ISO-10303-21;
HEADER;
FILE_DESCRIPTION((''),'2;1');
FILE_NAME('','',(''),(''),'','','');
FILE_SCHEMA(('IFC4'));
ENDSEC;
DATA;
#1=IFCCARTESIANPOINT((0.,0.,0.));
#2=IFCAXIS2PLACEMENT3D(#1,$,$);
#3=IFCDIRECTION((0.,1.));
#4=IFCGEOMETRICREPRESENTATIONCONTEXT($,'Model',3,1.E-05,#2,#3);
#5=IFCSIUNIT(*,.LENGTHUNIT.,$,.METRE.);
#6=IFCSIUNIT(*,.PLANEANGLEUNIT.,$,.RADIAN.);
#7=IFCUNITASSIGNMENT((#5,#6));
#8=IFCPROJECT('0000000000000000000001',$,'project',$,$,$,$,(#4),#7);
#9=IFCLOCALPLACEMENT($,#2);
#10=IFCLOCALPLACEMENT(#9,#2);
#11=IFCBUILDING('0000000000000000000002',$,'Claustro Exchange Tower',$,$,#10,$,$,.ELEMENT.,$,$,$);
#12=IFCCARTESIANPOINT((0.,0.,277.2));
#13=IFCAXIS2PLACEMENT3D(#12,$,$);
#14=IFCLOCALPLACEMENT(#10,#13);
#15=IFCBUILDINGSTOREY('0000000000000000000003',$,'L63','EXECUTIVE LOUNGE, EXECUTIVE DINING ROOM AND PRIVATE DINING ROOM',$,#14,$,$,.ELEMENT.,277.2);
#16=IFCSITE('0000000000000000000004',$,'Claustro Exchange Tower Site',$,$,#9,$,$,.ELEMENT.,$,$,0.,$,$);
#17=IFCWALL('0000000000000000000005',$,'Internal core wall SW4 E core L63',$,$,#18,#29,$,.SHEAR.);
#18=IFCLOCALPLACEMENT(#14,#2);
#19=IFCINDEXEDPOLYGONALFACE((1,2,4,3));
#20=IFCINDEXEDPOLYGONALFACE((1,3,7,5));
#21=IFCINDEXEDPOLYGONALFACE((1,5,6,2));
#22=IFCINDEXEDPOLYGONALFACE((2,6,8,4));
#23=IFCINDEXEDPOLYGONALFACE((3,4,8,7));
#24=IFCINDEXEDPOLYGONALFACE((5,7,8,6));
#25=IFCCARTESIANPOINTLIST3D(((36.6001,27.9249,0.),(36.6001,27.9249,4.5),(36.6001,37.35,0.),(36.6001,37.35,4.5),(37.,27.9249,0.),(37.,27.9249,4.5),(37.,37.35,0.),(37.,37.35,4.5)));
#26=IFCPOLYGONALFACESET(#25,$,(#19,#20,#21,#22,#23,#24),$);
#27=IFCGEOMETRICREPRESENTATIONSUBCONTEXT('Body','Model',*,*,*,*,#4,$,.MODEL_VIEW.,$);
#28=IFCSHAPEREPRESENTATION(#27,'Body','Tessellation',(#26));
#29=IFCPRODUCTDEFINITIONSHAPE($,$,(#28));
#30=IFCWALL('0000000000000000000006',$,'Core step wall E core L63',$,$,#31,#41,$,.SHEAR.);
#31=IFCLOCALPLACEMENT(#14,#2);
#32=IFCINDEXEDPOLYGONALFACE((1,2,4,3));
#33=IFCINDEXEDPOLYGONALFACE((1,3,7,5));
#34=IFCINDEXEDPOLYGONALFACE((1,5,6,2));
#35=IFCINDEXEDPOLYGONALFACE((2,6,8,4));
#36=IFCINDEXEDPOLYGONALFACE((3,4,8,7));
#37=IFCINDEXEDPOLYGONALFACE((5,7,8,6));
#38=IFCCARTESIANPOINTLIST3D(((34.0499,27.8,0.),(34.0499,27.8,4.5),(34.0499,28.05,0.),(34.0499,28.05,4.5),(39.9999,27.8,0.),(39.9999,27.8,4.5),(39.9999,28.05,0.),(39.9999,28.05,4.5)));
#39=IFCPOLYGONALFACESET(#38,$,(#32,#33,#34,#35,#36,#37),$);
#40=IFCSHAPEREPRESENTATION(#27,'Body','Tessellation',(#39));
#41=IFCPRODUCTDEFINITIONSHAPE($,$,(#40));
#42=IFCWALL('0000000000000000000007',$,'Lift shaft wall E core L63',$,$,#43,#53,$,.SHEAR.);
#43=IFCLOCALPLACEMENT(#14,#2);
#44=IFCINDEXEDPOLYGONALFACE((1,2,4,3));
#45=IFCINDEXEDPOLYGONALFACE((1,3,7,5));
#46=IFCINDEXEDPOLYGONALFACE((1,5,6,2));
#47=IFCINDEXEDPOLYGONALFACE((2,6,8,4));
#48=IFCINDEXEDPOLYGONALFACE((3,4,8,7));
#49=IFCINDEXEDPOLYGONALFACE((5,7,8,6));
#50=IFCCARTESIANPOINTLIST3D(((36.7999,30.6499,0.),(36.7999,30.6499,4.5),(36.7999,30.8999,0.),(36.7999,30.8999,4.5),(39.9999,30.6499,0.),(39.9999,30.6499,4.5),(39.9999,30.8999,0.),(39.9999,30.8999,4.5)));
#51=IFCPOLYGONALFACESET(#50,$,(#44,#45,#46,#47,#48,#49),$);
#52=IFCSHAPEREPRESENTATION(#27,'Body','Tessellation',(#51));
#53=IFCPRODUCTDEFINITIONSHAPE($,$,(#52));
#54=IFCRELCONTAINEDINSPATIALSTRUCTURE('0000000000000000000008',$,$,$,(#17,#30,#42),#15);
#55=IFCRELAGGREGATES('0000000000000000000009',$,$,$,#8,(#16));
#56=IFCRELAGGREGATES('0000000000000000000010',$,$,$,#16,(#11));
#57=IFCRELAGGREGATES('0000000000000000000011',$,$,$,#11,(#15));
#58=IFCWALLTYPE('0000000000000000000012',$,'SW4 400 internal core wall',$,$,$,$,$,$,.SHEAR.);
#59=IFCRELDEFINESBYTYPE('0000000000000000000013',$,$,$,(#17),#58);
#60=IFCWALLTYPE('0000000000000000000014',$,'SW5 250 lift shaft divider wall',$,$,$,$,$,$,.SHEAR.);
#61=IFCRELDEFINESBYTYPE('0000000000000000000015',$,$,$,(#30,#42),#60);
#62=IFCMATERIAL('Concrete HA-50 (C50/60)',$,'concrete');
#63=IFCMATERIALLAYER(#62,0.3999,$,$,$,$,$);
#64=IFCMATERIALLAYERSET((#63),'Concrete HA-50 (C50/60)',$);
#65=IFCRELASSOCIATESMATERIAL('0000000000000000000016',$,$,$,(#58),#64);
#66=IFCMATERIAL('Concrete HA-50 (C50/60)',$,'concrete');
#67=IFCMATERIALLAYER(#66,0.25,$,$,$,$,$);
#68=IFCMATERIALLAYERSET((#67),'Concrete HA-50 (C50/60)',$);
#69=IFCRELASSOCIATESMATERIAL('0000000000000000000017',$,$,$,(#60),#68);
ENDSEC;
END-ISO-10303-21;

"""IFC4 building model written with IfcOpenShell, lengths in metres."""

from ifc_helpers import new_model, si_unit, direction, frame, frame_2d, origin, place, context, subcontext, project, spatial, rectangle, extrude, material, layer, layer_set, type_object, element, save


model = new_model("IFC4")

# Units and contexts
model_context = context("Model", 3, precision=1e-05, world=origin(), true_north=direction((0.0, 1.0)))
body_context = subcontext(model_context, "Body", "Model", "MODEL_VIEW")
ifc_project = project(units=[si_unit("LENGTHUNIT", "METRE"), si_unit("PLANEANGLEUNIT", "RADIAN")], contexts=[model_context])

# Site, building, storey
site_placement = place(None, origin())
site = spatial("IfcSite", under=ifc_project, at=site_placement, Name="Claustro Exchange Tower Site", CompositionType="ELEMENT", RefElevation=0.0)
building_placement = place(site_placement, origin())
building = spatial("IfcBuilding", under=site, at=building_placement, Name="Claustro Exchange Tower", CompositionType="ELEMENT")
storey_placement = place(building_placement, frame((0.0, 0.0, 277.2)))
storey = spatial("IfcBuildingStorey", under=building, at=storey_placement, Name="L63", Description="EXECUTIVE LOUNGE, EXECUTIVE DINING ROOM AND PRIVATE DINING ROOM", CompositionType="ELEMENT", Elevation=277.2)

# Walls
ifc_material_1 = material(Name="Concrete HA-50 (C50/60)", Category="concrete")
ifc_layer_1 = layer(ifc_material_1, 0.3999)
ifc_layer_set_1 = layer_set([ifc_layer_1], Name="Concrete HA-50 (C50/60)")
wall_type_1 = type_object("IfcWallType", Name="SW4 400 internal core wall", PredefinedType="SHEAR", material=ifc_layer_set_1)
wall_1_placement = place(storey_placement, frame((36.8, 27.925, 0.0), z_axis=(0.0, 0.0, 1.0), x_axis=(0.0, 1.0, 0.0)))
element("IfcWall", 1, at=wall_1_placement, inside=storey, type_object=wall_type_1, Name="Internal core wall SW4 E core L63", PredefinedType="SHEAR", context=body_context, shape_type="SweptSolid", body=[
    extrude(rectangle(XDim=9.425, YDim=0.3999, at=frame_2d((4.7124, 0.0))), origin(), (0.0, 0.0, 1.0), 4.5),
])
ifc_material_2 = material(Name="Concrete HA-50 (C50/60)", Category="concrete")
ifc_layer_2 = layer(ifc_material_2, 0.25)
ifc_layer_set_2 = layer_set([ifc_layer_2], Name="Concrete HA-50 (C50/60)")
wall_type_2 = type_object("IfcWallType", Name="SW5 250 lift shaft divider wall", PredefinedType="SHEAR", material=ifc_layer_set_2)
wall_2_placement = place(storey_placement, frame((40.0, 27.925, 0.0), z_axis=(0.0, 0.0, 1.0), x_axis=(-1.0, 0.0, 0.0)))
element("IfcWall", 2, at=wall_2_placement, inside=storey, type_object=wall_type_2, Name="Core step wall E core L63", PredefinedType="SHEAR", context=body_context, shape_type="SweptSolid", body=[
    extrude(rectangle(XDim=5.95, YDim=0.25, at=frame_2d((2.9751, 0.0))), origin(), (0.0, 0.0, 1.0), 4.5),
])
wall_3_placement = place(storey_placement, frame((40.0, 30.7749, 0.0), z_axis=(0.0, 0.0, 1.0), x_axis=(-1.0, 0.0, 0.0)))
element("IfcWall", 3, at=wall_3_placement, inside=storey, type_object=wall_type_2, Name="Lift shaft wall E core L63", PredefinedType="SHEAR", context=body_context, shape_type="SweptSolid", body=[
    extrude(rectangle(XDim=3.2, YDim=0.25, at=frame_2d((1.6001, 0.0))), origin(), (0.0, 0.0, 1.0), 4.5),
])

save(model, "model.ifc")
